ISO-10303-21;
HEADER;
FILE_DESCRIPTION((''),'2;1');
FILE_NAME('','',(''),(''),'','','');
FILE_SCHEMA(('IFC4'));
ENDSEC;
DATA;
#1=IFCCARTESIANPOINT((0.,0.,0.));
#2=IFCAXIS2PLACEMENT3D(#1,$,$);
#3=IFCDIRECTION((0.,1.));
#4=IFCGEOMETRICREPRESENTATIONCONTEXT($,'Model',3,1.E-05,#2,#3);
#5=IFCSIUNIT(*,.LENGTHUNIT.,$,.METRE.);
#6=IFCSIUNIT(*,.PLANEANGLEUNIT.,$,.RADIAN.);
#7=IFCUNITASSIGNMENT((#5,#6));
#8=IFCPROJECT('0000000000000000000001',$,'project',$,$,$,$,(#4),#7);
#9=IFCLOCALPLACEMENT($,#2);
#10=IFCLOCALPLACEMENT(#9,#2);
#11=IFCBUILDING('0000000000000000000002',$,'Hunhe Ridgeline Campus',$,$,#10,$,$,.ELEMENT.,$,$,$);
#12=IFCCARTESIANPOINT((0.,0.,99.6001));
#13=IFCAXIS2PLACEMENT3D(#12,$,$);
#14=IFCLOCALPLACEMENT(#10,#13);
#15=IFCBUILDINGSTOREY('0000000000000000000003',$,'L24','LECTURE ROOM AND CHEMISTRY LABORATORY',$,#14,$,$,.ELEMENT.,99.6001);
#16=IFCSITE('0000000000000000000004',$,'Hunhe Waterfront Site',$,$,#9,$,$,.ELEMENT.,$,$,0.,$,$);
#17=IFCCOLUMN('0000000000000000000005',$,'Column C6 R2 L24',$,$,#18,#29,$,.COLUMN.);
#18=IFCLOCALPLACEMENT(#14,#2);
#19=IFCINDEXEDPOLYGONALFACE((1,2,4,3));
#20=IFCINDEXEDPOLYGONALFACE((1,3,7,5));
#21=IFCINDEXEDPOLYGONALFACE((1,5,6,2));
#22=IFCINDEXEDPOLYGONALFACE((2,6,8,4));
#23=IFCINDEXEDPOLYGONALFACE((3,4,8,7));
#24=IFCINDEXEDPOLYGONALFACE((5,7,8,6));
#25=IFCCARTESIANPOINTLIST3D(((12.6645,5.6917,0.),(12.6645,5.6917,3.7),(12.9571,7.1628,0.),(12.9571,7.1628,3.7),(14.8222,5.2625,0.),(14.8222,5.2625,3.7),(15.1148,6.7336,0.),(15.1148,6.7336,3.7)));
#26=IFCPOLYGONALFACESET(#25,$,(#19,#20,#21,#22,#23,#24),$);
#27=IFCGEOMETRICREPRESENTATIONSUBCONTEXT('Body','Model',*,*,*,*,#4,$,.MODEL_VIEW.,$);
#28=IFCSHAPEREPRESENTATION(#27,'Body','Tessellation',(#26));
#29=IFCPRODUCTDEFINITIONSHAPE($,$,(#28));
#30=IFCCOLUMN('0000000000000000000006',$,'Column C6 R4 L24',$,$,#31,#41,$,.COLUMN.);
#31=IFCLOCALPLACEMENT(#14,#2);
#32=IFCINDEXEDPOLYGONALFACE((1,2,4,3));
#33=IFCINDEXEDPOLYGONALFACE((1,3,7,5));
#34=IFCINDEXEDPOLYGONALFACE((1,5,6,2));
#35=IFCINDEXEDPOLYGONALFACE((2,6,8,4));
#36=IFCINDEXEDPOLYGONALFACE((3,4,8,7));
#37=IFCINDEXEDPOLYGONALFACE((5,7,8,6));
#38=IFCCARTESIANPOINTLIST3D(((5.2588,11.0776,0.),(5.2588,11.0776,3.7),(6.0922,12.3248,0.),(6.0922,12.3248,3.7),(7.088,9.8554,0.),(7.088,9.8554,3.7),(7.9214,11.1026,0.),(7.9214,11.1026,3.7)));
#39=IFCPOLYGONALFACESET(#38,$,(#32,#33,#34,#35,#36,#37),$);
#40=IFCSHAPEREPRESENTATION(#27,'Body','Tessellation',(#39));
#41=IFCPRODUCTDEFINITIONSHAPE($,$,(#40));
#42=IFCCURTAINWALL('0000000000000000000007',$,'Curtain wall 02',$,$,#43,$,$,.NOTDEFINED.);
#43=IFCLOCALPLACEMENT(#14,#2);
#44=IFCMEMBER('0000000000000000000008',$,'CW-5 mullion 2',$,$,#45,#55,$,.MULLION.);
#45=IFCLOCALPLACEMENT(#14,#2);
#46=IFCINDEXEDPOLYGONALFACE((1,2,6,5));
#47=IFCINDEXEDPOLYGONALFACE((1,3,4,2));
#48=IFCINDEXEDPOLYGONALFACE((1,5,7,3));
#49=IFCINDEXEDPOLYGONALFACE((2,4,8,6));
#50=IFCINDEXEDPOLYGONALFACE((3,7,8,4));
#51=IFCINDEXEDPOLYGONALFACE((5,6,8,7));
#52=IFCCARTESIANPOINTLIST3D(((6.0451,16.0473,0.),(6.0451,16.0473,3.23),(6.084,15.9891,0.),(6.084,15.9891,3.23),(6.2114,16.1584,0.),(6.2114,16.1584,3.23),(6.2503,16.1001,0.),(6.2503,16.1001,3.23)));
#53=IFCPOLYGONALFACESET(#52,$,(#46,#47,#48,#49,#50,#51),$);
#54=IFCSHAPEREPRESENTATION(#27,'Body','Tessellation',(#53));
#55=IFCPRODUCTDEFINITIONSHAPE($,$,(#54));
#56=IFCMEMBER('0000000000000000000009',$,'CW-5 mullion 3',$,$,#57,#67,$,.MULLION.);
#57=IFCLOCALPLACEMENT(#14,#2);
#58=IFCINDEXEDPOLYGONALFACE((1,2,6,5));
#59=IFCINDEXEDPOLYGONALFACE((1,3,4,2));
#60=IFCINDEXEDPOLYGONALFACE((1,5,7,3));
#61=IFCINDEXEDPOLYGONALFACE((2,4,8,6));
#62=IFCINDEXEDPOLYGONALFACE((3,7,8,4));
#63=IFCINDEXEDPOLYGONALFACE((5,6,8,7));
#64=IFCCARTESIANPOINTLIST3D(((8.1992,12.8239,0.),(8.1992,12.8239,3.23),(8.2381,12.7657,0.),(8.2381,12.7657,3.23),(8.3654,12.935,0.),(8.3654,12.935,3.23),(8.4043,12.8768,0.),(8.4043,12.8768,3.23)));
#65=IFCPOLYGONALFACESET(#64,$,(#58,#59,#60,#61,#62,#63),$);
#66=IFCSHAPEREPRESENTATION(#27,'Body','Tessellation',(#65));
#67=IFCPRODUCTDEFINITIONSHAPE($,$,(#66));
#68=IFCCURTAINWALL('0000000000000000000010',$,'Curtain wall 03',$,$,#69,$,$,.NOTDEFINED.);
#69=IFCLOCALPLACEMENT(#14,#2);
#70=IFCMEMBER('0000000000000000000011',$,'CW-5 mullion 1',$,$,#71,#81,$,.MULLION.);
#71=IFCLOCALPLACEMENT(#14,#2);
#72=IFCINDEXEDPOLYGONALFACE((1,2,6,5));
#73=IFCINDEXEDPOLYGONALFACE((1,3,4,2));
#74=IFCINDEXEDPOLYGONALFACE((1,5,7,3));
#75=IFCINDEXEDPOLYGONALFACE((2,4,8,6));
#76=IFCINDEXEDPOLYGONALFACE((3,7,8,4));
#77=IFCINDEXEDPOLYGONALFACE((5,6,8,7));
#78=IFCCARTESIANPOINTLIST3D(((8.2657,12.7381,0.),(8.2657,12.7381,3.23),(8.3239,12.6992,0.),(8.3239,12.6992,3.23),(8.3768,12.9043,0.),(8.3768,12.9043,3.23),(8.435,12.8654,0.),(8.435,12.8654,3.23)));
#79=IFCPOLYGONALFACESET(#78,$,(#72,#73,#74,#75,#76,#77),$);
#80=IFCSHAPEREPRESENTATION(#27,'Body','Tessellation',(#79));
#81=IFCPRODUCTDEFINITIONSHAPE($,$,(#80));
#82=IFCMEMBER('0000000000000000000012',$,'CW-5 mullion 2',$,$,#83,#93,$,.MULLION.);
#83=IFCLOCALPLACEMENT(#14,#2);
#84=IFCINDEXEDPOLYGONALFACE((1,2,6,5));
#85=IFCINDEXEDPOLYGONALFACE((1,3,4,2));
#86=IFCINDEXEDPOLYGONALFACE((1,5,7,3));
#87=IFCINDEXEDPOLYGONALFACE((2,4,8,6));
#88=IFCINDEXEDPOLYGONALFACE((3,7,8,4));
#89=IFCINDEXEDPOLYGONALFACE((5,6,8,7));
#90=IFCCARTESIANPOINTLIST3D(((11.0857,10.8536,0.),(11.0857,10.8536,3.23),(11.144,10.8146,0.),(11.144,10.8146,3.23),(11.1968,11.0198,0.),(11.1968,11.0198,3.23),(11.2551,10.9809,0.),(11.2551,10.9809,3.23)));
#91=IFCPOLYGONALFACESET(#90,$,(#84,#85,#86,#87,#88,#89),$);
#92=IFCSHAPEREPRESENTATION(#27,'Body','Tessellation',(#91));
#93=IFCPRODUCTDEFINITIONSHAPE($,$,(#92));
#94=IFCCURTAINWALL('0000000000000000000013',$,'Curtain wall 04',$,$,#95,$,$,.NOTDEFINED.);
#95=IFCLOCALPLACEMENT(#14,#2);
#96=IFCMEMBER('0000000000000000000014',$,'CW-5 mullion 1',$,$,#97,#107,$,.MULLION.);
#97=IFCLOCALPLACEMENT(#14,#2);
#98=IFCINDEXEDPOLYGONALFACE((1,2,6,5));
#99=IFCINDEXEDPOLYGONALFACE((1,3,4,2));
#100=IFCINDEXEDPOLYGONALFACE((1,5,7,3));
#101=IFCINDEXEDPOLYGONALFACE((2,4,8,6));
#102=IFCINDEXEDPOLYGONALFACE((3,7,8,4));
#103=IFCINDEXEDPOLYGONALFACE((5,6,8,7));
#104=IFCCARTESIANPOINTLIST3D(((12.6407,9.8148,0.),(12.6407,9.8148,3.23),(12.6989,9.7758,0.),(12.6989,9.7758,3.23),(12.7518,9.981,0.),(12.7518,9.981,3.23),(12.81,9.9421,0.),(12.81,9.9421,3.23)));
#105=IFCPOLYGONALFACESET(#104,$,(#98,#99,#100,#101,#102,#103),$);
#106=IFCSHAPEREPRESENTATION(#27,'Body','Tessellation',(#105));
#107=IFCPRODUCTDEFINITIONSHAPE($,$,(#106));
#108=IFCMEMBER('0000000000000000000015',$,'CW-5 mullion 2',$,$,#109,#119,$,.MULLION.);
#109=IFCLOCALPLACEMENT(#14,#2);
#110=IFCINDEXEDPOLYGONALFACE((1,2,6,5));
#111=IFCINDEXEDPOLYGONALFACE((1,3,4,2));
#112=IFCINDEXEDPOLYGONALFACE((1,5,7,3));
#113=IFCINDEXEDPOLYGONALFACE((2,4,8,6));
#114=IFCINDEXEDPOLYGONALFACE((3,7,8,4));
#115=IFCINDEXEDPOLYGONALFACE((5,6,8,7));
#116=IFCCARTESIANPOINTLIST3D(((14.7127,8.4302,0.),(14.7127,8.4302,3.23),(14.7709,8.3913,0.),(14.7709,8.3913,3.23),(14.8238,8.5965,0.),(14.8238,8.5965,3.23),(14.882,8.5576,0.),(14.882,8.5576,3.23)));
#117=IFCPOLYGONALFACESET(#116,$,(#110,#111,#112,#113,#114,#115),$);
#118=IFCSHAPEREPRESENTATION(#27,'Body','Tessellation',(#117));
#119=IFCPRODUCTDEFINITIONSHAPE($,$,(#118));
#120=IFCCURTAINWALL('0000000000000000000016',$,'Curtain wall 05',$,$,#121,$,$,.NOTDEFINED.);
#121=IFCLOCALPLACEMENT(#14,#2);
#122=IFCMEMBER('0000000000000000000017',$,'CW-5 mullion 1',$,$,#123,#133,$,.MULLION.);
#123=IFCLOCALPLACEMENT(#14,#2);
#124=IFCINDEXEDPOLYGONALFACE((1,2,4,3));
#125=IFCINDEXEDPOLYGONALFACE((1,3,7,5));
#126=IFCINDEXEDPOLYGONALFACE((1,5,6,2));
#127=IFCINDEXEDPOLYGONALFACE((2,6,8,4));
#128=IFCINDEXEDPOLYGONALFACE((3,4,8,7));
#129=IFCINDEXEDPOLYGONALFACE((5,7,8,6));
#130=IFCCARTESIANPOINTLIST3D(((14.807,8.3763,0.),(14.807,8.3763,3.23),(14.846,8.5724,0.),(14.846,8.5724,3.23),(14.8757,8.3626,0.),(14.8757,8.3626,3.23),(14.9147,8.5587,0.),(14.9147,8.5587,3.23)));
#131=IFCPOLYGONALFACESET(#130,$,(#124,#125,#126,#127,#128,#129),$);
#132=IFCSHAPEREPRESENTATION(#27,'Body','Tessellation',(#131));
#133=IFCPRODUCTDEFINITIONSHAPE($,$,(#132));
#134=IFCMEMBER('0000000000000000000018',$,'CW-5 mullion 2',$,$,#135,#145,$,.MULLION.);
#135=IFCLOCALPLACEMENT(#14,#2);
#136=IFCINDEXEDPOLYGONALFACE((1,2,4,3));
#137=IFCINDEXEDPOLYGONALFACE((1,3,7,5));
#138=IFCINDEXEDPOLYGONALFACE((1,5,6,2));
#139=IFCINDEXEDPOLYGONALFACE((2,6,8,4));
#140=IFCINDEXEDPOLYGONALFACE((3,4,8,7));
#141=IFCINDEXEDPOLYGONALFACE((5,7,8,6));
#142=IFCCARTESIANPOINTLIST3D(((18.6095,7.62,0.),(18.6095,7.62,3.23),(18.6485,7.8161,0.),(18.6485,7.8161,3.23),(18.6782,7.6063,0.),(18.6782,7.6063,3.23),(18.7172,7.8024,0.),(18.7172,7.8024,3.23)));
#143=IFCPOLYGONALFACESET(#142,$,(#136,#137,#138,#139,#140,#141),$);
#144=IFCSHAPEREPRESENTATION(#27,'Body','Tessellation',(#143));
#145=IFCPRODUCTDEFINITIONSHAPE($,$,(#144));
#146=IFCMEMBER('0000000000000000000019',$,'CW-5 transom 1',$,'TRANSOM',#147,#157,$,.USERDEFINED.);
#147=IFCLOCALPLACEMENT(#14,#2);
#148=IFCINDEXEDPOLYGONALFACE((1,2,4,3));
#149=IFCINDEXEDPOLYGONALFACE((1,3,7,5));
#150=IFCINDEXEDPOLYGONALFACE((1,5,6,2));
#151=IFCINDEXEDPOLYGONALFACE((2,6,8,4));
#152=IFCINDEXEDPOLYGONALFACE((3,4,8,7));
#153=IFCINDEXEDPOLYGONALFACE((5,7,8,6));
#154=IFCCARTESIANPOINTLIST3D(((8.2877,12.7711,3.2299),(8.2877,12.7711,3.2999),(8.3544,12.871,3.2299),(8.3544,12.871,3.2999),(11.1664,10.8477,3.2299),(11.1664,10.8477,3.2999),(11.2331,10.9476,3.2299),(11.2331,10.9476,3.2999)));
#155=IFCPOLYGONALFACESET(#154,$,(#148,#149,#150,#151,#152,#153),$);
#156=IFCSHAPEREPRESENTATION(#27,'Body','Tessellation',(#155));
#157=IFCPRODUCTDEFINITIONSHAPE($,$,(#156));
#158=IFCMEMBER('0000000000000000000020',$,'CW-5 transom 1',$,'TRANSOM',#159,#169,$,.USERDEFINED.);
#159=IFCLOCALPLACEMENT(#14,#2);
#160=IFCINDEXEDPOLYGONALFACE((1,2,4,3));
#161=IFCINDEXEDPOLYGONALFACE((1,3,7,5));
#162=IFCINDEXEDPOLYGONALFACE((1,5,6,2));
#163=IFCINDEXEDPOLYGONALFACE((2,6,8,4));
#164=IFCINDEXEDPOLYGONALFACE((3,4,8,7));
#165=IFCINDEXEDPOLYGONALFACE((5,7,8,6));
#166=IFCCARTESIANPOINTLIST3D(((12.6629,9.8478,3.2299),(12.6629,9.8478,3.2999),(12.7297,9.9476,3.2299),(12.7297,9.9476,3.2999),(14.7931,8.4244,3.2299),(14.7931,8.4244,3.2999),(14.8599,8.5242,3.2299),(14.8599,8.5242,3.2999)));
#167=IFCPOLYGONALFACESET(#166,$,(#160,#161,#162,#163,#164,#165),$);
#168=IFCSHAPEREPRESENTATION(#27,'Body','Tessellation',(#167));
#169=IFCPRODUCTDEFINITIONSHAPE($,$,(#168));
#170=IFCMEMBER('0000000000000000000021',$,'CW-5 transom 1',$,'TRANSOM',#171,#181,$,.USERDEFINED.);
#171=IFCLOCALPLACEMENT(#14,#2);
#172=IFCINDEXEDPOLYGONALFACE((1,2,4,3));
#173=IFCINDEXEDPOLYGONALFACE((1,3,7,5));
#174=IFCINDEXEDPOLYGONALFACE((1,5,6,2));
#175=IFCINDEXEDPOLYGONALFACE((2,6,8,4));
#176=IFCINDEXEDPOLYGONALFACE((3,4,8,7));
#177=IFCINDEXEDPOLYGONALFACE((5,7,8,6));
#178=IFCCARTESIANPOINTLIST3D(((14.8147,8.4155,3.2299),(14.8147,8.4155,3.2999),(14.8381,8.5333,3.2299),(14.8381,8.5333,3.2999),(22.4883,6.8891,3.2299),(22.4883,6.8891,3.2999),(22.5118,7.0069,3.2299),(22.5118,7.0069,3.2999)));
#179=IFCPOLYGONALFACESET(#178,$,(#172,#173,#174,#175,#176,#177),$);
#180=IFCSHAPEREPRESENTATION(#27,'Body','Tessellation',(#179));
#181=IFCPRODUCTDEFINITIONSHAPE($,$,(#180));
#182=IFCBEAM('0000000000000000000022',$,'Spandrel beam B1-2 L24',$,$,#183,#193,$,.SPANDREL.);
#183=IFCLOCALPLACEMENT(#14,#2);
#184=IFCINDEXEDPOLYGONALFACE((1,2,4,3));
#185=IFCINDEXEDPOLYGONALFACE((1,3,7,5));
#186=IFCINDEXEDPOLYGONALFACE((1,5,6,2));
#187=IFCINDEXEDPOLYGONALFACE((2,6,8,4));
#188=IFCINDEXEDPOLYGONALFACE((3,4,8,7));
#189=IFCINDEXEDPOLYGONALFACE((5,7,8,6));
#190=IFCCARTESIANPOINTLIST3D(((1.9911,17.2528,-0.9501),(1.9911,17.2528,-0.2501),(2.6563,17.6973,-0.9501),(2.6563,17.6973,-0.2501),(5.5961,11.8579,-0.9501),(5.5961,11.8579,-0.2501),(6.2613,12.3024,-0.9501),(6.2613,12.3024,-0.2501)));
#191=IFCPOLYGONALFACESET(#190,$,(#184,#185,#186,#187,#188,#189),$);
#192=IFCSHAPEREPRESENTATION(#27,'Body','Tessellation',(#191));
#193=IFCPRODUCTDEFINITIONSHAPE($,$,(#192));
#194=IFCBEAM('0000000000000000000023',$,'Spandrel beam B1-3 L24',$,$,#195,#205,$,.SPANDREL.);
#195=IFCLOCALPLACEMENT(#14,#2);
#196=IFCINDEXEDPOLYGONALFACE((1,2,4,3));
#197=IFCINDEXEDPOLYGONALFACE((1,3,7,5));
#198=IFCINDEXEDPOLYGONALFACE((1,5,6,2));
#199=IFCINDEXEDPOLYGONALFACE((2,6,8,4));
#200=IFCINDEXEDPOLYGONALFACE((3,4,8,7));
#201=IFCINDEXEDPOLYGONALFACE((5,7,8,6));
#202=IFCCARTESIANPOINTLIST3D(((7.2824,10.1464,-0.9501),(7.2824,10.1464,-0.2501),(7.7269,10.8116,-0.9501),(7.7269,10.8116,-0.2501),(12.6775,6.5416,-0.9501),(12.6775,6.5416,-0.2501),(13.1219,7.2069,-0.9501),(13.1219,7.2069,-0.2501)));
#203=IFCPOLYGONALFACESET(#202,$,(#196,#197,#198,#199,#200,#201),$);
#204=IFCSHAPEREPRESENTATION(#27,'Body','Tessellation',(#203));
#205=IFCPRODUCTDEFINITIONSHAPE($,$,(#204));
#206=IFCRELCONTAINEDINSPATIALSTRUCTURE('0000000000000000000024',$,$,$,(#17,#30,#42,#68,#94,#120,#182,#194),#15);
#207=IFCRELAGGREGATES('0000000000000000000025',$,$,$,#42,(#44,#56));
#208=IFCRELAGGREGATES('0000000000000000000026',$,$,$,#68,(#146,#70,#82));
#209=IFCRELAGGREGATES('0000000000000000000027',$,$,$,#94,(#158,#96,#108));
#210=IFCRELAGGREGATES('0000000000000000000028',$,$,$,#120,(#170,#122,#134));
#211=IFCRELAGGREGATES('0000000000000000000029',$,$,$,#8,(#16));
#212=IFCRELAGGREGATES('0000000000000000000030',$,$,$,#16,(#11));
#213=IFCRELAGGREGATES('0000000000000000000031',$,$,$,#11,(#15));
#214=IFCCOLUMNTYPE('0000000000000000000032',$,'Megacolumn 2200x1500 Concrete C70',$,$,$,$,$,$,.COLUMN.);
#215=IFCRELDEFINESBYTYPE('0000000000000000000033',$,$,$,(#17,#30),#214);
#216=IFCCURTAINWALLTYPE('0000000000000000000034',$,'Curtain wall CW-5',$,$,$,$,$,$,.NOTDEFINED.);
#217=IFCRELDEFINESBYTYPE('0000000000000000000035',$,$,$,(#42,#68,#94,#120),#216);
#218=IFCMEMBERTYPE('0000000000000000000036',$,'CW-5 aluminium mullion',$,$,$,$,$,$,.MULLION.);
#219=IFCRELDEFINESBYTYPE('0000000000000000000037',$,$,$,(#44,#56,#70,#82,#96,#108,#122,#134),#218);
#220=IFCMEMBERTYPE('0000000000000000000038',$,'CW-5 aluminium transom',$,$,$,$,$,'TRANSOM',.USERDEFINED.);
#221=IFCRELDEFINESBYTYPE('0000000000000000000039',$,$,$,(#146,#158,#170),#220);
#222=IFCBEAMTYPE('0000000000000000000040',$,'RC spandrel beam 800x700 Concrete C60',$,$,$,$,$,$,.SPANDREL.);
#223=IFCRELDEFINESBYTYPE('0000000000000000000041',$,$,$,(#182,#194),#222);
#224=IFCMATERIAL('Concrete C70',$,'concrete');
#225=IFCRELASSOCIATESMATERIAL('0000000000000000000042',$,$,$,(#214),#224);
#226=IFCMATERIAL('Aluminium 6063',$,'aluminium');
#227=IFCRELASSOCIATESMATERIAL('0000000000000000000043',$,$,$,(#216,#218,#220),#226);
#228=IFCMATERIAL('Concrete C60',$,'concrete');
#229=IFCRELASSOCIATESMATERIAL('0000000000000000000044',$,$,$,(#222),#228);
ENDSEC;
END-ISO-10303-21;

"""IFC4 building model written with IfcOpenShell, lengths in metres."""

from ifc_helpers import new_model, si_unit, direction, frame, origin, origin_2d, place, context, subcontext, project, spatial, rectangle, extrude, material, material_profile, profile_set, type_object, element, aggregate, save


model = new_model("IFC4")

# Units and contexts
model_context = context("Model", 3, precision=1e-05, world=origin(), true_north=direction((0.0, 1.0)))
body_context = subcontext(model_context, "Body", "Model", "MODEL_VIEW")
ifc_project = project(units=[si_unit("LENGTHUNIT", "METRE"), si_unit("PLANEANGLEUNIT", "RADIAN")], contexts=[model_context])

# Site, building, storey
site_placement = place(None, origin())
site = spatial("IfcSite", under=ifc_project, at=site_placement, Name="Hunhe Waterfront Site", CompositionType="ELEMENT", RefElevation=0.0)
building_placement = place(site_placement, origin())
building = spatial("IfcBuilding", under=site, at=building_placement, Name="Hunhe Ridgeline Campus", CompositionType="ELEMENT")
storey_placement = place(building_placement, frame((0.0, 0.0, 99.6001)))
storey = spatial("IfcBuildingStorey", under=building, at=storey_placement, Name="L24", Description="LECTURE ROOM AND CHEMISTRY LABORATORY", CompositionType="ELEMENT", Elevation=99.6001)

# Columns
ifc_material_1 = material(Name="Concrete C70", Category="concrete")
ifc_material_profile_1 = material_profile(ifc_material_1, rectangle(XDim=2.2, YDim=1.5, at=origin_2d()))
ifc_profile_set_1 = profile_set([ifc_material_profile_1], Name="Concrete C70")
column_type = type_object("IfcColumnType", Name="Megacolumn 2200x1500 Concrete C70", PredefinedType="COLUMN", material=ifc_profile_set_1)
for number, where, z_axis, x_axis, name in (
    (1, (13.8896, 6.2126, 0.0), (0.0, 0.0, 1.0), (-0.980785, 0.19509, 0.0), "Column C6 R2 L24"),
    (2, (6.5901, 11.0901, 0.0), (0.0, 0.0, 1.0), (-0.83147, 0.55557, 0.0), "Column C6 R4 L24"),
):
    element("IfcColumn", number, at=place(storey_placement, frame(where, z_axis=z_axis, x_axis=x_axis)), inside=storey, type_object=column_type, Name=name, PredefinedType="COLUMN", context=body_context, shape_type="SweptSolid", body=[
        extrude(rectangle(XDim=2.2, YDim=1.5, at=origin_2d()), origin(), (0.0, 0.0, 1.0), 3.7),
    ])

# Curtain walls, members
ifc_material_2 = material(Name="Aluminium 6063", Category="aluminium")
curtain_wall_type = type_object("IfcCurtainWallType", Name="Curtain wall CW-5", PredefinedType="NOTDEFINED", material=ifc_material_2)
curtain_wall_1_placement = place(storey_placement, origin())
curtain_wall_1 = element("IfcCurtainWall", 3, at=curtain_wall_1_placement, inside=storey, type_object=curtain_wall_type, Name="Curtain wall 02", PredefinedType="NOTDEFINED")
ifc_material_profile_2 = material_profile(ifc_material_2, rectangle(XDim=0.2, YDim=0.0701, at=origin_2d()))
ifc_profile_set_2 = profile_set([ifc_material_profile_2], Name="Aluminium 6063")
member_type_1 = type_object("IfcMemberType", Name="CW-5 aluminium mullion", PredefinedType="MULLION", material=ifc_profile_set_2)
member_1_placement = place(storey_placement, frame((6.1477, 16.0737, 0.0), z_axis=(0.0, 0.0, 1.0), x_axis=(0.83147, 0.55557, 0.0)))
member_1 = element("IfcMember", 4, at=member_1_placement, type_object=member_type_1, Name="CW-5 mullion 2", PredefinedType="MULLION", context=body_context, shape_type="SweptSolid", body=[
    extrude(rectangle(XDim=0.2, YDim=0.0701, at=origin_2d()), origin(), (0.0, 0.0, 1.0), 3.23),
])
member_2_placement = place(storey_placement, frame((8.3018, 12.8503, 0.0), z_axis=(0.0, 0.0, 1.0), x_axis=(0.83147, 0.55557, 0.0)))
member_2 = element("IfcMember", 5, at=member_2_placement, type_object=member_type_1, Name="CW-5 mullion 3", PredefinedType="MULLION", context=body_context, shape_type="SweptSolid", body=[
    extrude(rectangle(XDim=0.2, YDim=0.0701, at=origin_2d()), origin(), (0.0, 0.0, 1.0), 3.23),
])
curtain_wall_2_placement = place(storey_placement, origin())
curtain_wall_2 = element("IfcCurtainWall", 6, at=curtain_wall_2_placement, inside=storey, type_object=curtain_wall_type, Name="Curtain wall 03", PredefinedType="NOTDEFINED")
member_3_placement = place(storey_placement, frame((8.3503, 12.8018, 0.0), z_axis=(0.0, 0.0, 1.0), x_axis=(0.55557, 0.83147, 0.0)))
member_3 = element("IfcMember", 7, at=member_3_placement, type_object=member_type_1, Name="CW-5 mullion 1", PredefinedType="MULLION", context=body_context, shape_type="SweptSolid", body=[
    extrude(rectangle(XDim=0.2, YDim=0.0701, at=origin_2d()), origin(), (0.0, 0.0, 1.0), 3.23),
])
member_4_placement = place(storey_placement, frame((11.1704, 10.9172, 0.0), z_axis=(0.0, 0.0, 1.0), x_axis=(0.55557, 0.83147, 0.0)))
member_4 = element("IfcMember", 8, at=member_4_placement, type_object=member_type_1, Name="CW-5 mullion 2", PredefinedType="MULLION", context=body_context, shape_type="SweptSolid", body=[
    extrude(rectangle(XDim=0.2, YDim=0.0701, at=origin_2d()), origin(), (0.0, 0.0, 1.0), 3.23),
])
curtain_wall_3_placement = place(storey_placement, origin())
curtain_wall_3 = element("IfcCurtainWall", 9, at=curtain_wall_3_placement, inside=storey, type_object=curtain_wall_type, Name="Curtain wall 04", PredefinedType="NOTDEFINED")
member_5_placement = place(storey_placement, frame((12.7253, 9.8784, 0.0), z_axis=(0.0, 0.0, 1.0), x_axis=(0.55557, 0.83147, 0.0)))
member_5 = element("IfcMember", 10, at=member_5_placement, type_object=member_type_1, Name="CW-5 mullion 1", PredefinedType="MULLION", context=body_context, shape_type="SweptSolid", body=[
    extrude(rectangle(XDim=0.2, YDim=0.0701, at=origin_2d()), origin(), (0.0, 0.0, 1.0), 3.23),
])
member_6_placement = place(storey_placement, frame((14.7974, 8.4939, 0.0), z_axis=(0.0, 0.0, 1.0), x_axis=(0.55557, 0.83147, 0.0)))
member_6 = element("IfcMember", 11, at=member_6_placement, type_object=member_type_1, Name="CW-5 mullion 2", PredefinedType="MULLION", context=body_context, shape_type="SweptSolid", body=[
    extrude(rectangle(XDim=0.2, YDim=0.0701, at=origin_2d()), origin(), (0.0, 0.0, 1.0), 3.23),
])
curtain_wall_4_placement = place(storey_placement, origin())
curtain_wall_4 = element("IfcCurtainWall", 12, at=curtain_wall_4_placement, inside=storey, type_object=curtain_wall_type, Name="Curtain wall 05", PredefinedType="NOTDEFINED")
member_7_placement = place(storey_placement, frame((14.8608, 8.4675, 0.0), z_axis=(0.0, 0.0, 1.0), x_axis=(0.19509, 0.980785, 0.0)))
member_7 = element("IfcMember", 13, at=member_7_placement, type_object=member_type_1, Name="CW-5 mullion 1", PredefinedType="MULLION", context=body_context, shape_type="SweptSolid", body=[
    extrude(rectangle(XDim=0.2, YDim=0.0701, at=origin_2d()), origin(), (0.0, 0.0, 1.0), 3.23),
])
member_8_placement = place(storey_placement, frame((18.6633, 7.7112, 0.0), z_axis=(0.0, 0.0, 1.0), x_axis=(0.19509, 0.980785, 0.0)))
member_8 = element("IfcMember", 14, at=member_8_placement, type_object=member_type_1, Name="CW-5 mullion 2", PredefinedType="MULLION", context=body_context, shape_type="SweptSolid", body=[
    extrude(rectangle(XDim=0.2, YDim=0.0701, at=origin_2d()), origin(), (0.0, 0.0, 1.0), 3.23),
])

# Members
ifc_material_profile_3 = material_profile(ifc_material_2, rectangle(XDim=0.1201, YDim=0.0701, at=origin_2d()))
ifc_profile_set_3 = profile_set([ifc_material_profile_3], Name="Aluminium 6063")
member_type_2 = type_object("IfcMemberType", Name="CW-5 aluminium transom", ElementType="TRANSOM", PredefinedType="USERDEFINED", material=ifc_profile_set_3)
member_9_placement = place(storey_placement, frame((8.321, 12.821, 3.2649), z_axis=(0.831486, -0.555546, 0.0), x_axis=(0.555546, 0.831486, 0.0)))
member_9 = element("IfcMember", 15, at=member_9_placement, type_object=member_type_2, Name="CW-5 transom 1", ObjectType="TRANSOM", PredefinedType="USERDEFINED", context=body_context, shape_type="SweptSolid", body=[
    extrude(rectangle(XDim=0.1201, YDim=0.0701, at=origin_2d()), origin(), (0.0, 0.0, 1.0), 3.4622),
])
member_10_placement = place(storey_placement, frame((12.6963, 9.8977, 3.2649), z_axis=(0.831463, -0.55558, 0.0), x_axis=(0.55558, 0.831463, 0.0)))
member_10 = element("IfcMember", 16, at=member_10_placement, type_object=member_type_2, Name="CW-5 transom 1", ObjectType="TRANSOM", PredefinedType="USERDEFINED", context=body_context, shape_type="SweptSolid", body=[
    extrude(rectangle(XDim=0.1201, YDim=0.0701, at=origin_2d()), origin(), (0.0, 0.0, 1.0), 2.562),
])
member_11_placement = place(storey_placement, frame((14.8264, 8.4744, 3.2649), z_axis=(0.980785, -0.19509, 0.0), x_axis=(0.19509, 0.980785, 0.0)))
member_11 = element("IfcMember", 17, at=member_11_placement, type_object=member_type_2, Name="CW-5 transom 1", ObjectType="TRANSOM", PredefinedType="USERDEFINED", context=body_context, shape_type="SweptSolid", body=[
    extrude(rectangle(XDim=0.1201, YDim=0.0701, at=origin_2d()), origin(), (0.0, 0.0, 1.0), 7.824),
])

# Beams
ifc_material_3 = material(Name="Concrete C60", Category="concrete")
ifc_material_profile_4 = material_profile(ifc_material_3, rectangle(XDim=0.8, YDim=0.7, at=origin_2d()))
ifc_profile_set_4 = profile_set([ifc_material_profile_4], Name="Concrete C60")
beam_type = type_object("IfcBeamType", Name="RC spandrel beam 800x700 Concrete C60", PredefinedType="SPANDREL", material=ifc_profile_set_4)
for number, where, z_axis, x_axis, name in (
    (18, (2.3237, 17.4751, -0.6001), (0.555586, -0.831459, 0.0), (0.831459, 0.555586, 0.0), "Spandrel beam B1-2 L24"),
    (19, (7.5046, 10.479, -0.6001), (0.831477, -0.55556, 0.0), (0.55556, 0.831477, 0.0), "Spandrel beam B1-3 L24"),
):
    element("IfcBeam", number, at=place(storey_placement, frame(where, z_axis=z_axis, x_axis=x_axis)), inside=storey, type_object=beam_type, Name=name, PredefinedType="SPANDREL", context=body_context, shape_type="SweptSolid", body=[
        extrude(rectangle(XDim=0.8, YDim=0.7, at=origin_2d()), origin(), (0.0, 0.0, 1.0), 6.4885),
    ])

aggregate(curtain_wall_1, [member_1, member_2])
aggregate(curtain_wall_2, [member_9, member_3, member_4])
aggregate(curtain_wall_3, [member_10, member_5, member_6])
aggregate(curtain_wall_4, [member_11, member_7, member_8])

save(model, "model.ifc")
